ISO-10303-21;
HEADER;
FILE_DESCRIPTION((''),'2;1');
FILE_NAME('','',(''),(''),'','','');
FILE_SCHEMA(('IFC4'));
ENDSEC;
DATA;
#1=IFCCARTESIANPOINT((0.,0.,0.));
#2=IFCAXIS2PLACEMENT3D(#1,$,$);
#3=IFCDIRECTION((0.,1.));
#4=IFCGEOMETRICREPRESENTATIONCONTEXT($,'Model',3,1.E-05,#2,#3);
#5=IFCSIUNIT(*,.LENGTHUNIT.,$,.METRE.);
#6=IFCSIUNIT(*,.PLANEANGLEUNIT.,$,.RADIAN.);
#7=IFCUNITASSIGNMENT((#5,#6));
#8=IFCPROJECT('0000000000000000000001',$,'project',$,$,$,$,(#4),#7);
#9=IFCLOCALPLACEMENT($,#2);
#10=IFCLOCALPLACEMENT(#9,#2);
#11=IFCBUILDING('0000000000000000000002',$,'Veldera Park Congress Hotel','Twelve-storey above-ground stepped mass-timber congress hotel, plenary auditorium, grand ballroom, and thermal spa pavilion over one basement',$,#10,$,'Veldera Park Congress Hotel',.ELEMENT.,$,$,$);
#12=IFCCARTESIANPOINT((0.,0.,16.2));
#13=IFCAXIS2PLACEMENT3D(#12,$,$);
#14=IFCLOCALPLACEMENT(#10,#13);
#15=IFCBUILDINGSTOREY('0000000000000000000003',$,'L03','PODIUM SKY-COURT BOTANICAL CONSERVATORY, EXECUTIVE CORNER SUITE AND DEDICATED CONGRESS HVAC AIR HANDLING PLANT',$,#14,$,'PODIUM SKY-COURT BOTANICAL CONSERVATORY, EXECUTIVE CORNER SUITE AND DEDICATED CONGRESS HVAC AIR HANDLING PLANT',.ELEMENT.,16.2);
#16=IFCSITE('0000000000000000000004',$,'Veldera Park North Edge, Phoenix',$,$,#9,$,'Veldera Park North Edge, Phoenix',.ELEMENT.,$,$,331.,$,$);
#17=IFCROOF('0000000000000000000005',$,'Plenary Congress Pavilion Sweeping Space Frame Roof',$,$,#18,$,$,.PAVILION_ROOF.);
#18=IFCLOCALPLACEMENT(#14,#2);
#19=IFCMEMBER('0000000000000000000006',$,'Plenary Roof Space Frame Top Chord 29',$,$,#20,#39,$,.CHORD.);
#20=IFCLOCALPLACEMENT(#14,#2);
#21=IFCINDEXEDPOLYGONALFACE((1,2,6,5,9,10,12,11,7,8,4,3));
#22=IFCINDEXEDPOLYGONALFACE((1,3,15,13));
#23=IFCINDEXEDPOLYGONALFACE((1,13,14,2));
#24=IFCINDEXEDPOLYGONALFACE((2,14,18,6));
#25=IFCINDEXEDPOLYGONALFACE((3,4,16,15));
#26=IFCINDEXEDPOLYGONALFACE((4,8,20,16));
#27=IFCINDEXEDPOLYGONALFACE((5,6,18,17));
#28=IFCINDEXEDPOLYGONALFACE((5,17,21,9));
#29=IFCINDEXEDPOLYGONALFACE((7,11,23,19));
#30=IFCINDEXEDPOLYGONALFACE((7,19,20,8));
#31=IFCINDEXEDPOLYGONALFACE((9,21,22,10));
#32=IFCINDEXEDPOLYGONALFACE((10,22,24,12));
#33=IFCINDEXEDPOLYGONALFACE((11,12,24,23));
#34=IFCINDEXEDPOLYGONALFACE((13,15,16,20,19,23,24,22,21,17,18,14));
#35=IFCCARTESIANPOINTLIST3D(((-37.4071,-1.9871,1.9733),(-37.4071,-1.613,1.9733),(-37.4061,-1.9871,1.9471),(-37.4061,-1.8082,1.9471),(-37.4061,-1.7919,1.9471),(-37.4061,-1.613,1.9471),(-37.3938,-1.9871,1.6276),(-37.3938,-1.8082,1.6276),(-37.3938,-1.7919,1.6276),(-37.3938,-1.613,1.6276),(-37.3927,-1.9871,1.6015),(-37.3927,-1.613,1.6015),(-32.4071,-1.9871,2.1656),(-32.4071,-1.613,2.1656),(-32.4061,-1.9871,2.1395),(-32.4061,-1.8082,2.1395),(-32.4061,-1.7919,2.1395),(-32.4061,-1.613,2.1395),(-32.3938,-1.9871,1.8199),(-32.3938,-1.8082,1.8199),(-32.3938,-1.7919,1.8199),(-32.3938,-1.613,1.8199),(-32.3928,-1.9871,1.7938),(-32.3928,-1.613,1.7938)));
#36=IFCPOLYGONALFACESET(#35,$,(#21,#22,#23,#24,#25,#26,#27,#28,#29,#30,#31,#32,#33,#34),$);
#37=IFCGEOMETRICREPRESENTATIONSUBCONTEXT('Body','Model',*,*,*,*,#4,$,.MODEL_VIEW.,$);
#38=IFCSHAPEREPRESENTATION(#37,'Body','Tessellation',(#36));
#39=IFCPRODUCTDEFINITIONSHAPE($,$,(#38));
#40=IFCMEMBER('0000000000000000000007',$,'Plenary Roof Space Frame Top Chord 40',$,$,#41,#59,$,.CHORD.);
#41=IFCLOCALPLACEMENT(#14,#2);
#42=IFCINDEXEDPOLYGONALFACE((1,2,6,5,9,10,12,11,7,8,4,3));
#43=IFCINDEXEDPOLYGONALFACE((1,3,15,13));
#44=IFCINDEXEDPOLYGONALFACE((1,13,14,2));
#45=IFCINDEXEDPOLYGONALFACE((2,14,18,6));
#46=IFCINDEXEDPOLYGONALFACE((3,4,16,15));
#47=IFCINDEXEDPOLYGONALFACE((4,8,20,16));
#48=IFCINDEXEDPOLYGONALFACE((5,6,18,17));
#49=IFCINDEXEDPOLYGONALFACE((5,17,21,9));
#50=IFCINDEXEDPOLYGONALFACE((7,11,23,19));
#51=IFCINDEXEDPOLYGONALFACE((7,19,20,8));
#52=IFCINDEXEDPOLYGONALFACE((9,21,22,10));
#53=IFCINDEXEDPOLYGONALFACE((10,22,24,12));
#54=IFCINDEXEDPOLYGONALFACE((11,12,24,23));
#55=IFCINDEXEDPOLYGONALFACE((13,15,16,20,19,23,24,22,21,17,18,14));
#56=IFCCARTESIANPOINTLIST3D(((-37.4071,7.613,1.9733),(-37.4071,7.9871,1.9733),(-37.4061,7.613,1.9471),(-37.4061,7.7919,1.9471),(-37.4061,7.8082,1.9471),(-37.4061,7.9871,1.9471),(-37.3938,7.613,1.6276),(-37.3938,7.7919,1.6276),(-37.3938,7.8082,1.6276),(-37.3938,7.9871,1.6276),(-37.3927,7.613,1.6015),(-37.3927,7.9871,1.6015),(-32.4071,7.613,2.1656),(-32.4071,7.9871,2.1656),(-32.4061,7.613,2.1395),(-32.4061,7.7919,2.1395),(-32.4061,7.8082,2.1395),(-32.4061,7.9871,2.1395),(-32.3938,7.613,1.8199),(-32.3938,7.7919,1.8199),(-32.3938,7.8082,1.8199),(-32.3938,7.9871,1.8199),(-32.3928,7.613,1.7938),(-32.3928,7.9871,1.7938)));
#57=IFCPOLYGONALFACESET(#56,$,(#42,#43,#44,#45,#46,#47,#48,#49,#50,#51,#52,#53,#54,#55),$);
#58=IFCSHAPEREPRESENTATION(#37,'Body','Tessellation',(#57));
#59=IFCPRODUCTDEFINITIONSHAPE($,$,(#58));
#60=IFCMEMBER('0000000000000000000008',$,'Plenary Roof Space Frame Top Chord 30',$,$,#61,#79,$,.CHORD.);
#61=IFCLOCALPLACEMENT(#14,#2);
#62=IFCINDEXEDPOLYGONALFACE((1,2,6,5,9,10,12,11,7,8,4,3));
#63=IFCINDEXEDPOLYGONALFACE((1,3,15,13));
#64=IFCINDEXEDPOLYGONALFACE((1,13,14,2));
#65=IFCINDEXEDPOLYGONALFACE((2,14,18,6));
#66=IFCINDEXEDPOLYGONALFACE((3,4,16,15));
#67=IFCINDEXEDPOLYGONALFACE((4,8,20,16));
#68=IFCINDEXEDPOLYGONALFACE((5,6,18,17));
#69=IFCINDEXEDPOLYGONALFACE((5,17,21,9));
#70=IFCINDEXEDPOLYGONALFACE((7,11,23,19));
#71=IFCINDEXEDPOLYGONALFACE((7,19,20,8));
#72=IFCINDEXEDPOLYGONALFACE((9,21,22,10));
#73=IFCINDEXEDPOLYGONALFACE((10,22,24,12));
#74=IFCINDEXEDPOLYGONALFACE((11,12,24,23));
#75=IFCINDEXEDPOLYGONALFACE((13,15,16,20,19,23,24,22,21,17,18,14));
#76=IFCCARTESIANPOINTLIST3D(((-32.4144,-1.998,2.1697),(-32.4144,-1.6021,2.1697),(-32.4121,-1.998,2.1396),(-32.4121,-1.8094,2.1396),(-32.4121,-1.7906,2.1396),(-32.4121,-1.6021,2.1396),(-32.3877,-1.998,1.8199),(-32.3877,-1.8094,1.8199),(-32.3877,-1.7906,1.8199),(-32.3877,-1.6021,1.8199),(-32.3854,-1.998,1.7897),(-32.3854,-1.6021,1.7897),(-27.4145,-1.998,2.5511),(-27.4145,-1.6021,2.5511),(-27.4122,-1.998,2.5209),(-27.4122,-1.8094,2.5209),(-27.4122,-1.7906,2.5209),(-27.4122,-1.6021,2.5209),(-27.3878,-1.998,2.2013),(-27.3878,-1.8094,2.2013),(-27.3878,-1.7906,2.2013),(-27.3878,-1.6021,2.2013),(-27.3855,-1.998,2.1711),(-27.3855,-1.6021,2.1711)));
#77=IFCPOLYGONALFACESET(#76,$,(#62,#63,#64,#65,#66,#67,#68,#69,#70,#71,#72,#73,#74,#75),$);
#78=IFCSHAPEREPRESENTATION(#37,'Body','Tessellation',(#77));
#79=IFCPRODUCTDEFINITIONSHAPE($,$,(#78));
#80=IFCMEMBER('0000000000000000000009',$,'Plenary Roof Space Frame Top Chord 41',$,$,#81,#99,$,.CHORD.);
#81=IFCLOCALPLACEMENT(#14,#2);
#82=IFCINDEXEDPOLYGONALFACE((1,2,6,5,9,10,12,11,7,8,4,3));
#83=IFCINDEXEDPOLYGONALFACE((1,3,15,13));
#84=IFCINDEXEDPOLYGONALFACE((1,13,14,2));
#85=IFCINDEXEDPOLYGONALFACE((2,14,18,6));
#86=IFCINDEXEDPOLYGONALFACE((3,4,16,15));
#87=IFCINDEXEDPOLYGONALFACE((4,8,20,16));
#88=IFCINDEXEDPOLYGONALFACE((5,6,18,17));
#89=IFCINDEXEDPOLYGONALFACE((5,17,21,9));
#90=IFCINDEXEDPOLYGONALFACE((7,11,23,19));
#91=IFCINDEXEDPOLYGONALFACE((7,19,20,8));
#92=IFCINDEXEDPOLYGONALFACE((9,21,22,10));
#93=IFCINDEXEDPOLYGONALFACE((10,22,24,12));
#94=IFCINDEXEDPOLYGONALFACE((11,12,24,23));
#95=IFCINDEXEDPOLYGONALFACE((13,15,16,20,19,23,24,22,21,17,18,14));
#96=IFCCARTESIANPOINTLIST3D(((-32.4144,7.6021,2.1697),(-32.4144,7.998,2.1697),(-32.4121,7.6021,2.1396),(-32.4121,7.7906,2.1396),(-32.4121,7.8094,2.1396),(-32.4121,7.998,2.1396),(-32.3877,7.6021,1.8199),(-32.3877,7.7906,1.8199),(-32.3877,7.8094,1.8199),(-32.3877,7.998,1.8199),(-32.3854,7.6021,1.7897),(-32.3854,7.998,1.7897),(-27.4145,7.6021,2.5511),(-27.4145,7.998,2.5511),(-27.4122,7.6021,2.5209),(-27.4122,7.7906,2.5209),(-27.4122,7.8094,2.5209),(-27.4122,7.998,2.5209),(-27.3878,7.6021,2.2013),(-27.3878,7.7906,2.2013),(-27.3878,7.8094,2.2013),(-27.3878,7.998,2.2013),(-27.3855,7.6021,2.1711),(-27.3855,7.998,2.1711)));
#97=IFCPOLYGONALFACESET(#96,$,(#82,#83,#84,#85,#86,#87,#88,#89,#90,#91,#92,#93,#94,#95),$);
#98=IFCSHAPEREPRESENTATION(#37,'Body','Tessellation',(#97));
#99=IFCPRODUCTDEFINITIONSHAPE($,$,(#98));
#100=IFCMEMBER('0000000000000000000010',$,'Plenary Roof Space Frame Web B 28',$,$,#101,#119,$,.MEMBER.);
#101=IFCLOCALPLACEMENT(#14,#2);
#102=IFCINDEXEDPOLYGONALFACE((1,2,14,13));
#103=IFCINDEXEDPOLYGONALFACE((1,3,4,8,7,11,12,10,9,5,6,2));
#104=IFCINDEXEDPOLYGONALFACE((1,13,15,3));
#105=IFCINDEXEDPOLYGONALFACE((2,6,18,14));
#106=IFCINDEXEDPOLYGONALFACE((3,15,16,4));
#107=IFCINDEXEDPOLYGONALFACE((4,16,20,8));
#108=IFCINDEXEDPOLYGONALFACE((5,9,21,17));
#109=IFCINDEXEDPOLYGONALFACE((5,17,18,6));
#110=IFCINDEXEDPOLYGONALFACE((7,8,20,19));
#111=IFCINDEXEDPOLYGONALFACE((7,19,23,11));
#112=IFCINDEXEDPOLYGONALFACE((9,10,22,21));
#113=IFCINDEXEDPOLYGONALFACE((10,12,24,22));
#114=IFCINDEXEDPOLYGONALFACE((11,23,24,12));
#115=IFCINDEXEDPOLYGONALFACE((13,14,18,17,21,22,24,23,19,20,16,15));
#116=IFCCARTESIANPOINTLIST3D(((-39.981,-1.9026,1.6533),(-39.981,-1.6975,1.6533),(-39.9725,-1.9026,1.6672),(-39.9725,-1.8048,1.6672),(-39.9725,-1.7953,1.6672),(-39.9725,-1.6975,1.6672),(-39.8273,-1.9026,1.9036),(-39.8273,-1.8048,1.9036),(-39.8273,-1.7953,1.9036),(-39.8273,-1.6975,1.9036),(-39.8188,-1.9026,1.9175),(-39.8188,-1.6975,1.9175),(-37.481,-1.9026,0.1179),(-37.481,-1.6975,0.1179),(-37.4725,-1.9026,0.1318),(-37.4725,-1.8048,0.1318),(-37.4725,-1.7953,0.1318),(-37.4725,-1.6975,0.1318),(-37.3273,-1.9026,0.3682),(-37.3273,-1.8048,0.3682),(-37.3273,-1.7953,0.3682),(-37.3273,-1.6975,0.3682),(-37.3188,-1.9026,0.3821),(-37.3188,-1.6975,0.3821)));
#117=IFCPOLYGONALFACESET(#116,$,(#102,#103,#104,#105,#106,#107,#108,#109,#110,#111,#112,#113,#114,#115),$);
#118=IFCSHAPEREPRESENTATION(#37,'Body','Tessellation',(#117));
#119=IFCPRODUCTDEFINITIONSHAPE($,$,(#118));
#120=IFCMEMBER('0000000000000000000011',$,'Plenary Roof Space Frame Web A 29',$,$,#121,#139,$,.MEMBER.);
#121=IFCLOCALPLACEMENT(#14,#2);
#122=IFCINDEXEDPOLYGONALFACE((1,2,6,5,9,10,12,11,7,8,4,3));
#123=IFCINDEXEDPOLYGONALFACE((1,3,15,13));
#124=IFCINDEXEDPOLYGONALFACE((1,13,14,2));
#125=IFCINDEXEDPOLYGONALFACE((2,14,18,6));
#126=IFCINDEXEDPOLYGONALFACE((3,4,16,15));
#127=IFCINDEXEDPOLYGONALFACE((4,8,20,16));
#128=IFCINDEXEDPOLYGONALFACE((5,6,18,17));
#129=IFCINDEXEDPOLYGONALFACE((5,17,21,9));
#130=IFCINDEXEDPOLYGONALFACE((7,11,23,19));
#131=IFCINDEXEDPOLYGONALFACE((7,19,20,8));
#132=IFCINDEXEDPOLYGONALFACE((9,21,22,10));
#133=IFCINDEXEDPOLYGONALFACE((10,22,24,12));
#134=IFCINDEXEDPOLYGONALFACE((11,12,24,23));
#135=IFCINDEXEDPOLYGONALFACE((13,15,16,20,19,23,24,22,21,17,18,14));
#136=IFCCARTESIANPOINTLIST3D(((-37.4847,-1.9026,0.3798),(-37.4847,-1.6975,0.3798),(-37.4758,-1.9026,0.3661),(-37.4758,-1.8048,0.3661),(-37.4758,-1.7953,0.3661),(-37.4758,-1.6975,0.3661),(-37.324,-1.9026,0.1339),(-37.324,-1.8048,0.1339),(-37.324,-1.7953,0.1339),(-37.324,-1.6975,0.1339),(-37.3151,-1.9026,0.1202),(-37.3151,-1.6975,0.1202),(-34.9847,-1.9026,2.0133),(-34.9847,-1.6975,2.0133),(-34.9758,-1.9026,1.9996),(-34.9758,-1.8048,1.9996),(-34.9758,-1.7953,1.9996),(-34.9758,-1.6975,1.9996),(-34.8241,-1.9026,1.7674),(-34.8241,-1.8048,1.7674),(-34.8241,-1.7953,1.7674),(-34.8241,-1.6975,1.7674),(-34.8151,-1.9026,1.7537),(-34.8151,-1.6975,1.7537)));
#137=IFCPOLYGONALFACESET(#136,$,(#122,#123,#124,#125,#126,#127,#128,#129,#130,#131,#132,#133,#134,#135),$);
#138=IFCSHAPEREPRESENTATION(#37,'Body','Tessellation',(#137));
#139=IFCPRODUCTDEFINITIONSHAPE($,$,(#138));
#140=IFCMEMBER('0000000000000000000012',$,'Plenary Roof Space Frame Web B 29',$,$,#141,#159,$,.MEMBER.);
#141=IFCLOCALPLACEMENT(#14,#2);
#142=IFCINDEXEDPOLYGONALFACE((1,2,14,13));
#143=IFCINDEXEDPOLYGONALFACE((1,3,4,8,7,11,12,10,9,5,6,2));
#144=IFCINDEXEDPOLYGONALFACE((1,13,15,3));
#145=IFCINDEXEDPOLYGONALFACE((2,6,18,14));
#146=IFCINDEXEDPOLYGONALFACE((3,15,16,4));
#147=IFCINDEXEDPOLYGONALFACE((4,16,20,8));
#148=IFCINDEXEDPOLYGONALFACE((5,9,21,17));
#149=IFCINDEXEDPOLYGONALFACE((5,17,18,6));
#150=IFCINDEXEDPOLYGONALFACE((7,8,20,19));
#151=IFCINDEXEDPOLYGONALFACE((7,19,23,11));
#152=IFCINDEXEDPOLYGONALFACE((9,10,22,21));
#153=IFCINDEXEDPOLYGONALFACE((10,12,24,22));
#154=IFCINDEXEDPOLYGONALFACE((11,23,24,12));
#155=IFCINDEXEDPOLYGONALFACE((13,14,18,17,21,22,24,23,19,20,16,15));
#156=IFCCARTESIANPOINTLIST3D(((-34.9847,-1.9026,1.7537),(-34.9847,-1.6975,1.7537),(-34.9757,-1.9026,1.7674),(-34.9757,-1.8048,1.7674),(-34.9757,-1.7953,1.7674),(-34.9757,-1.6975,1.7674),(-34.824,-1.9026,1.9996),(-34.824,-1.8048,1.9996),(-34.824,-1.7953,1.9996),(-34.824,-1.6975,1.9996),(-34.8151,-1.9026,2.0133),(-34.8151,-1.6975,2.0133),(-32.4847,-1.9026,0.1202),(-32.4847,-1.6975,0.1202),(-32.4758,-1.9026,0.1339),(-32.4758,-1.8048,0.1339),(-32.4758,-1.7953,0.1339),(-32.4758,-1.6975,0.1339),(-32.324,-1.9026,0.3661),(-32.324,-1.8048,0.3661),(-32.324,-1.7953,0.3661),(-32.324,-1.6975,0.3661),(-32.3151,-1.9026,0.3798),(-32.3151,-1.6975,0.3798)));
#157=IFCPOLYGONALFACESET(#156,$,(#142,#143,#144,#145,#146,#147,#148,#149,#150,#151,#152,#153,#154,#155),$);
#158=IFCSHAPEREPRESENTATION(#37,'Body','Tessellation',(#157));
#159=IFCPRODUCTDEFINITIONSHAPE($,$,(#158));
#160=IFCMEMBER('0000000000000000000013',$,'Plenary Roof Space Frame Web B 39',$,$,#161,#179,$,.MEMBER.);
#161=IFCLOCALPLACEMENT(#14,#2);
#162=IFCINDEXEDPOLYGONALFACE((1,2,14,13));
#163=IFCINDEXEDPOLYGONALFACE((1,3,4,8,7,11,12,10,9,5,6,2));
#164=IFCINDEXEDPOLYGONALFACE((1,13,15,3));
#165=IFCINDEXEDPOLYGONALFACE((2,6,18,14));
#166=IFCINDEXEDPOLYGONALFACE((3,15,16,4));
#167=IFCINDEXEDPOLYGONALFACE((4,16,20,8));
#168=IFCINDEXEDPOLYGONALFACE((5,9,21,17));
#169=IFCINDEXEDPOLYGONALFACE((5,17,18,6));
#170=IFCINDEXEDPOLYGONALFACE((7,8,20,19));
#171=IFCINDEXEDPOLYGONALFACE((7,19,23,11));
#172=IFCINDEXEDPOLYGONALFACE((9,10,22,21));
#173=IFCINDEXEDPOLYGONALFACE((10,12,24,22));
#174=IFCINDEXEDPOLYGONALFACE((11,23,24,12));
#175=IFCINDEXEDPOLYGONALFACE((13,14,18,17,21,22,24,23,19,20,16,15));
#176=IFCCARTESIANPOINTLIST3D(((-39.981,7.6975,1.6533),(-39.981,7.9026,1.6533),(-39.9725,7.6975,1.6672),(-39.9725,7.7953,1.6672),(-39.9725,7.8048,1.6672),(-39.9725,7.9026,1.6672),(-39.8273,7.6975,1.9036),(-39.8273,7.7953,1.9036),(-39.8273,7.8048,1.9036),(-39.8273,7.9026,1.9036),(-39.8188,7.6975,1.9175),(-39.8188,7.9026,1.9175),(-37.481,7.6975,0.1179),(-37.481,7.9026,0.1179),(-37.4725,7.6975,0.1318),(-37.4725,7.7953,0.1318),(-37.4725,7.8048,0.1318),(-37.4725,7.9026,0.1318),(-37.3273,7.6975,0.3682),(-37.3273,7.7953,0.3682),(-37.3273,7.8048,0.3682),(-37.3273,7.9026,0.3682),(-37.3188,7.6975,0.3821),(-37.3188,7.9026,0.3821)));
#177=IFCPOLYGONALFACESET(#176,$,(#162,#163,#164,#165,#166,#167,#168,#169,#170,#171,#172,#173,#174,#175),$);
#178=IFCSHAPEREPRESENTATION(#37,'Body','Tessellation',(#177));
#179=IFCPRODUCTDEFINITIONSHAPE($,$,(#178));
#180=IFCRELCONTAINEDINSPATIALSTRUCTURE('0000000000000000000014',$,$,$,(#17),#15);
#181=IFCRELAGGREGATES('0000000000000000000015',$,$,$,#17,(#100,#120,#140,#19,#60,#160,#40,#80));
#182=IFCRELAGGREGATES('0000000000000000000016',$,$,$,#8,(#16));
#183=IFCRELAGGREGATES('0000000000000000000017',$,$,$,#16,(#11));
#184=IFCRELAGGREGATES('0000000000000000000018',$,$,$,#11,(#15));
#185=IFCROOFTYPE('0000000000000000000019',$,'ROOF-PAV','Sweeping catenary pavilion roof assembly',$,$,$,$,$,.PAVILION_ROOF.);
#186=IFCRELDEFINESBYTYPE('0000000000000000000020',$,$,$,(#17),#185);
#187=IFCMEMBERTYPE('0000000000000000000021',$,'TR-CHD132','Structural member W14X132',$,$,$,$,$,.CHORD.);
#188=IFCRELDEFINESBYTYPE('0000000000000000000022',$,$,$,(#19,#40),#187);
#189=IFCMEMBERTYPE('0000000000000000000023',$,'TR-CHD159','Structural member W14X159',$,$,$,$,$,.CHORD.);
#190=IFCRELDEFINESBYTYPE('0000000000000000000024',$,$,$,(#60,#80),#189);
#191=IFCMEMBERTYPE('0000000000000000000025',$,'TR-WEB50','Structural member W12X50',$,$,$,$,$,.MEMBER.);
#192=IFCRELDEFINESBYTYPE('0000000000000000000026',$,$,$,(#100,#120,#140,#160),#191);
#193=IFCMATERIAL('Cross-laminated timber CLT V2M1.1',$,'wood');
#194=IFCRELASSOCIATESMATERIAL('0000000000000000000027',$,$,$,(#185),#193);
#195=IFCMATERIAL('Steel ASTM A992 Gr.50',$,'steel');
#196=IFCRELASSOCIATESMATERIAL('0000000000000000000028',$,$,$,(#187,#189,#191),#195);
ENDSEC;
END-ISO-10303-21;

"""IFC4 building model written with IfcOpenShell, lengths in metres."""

from ifc_helpers import new_model, si_unit, direction, frame, origin, origin_2d, place, context, subcontext, project, spatial, i_section, extrude, material, material_profile, profile_set, type_object, element, aggregate, save


model = new_model("IFC4")

# Units and contexts
model_context = context("Model", 3, precision=1e-05, world=origin(), true_north=direction((0.0, 1.0)))
body_context = subcontext(model_context, "Body", "Model", "MODEL_VIEW")
ifc_project = project(units=[si_unit("LENGTHUNIT", "METRE"), si_unit("PLANEANGLEUNIT", "RADIAN")], contexts=[model_context])

# Site, building, storey
site_placement = place(None, origin())
site = spatial("IfcSite", under=ifc_project, at=site_placement, Name="Veldera Park North Edge, Phoenix", LongName="Veldera Park North Edge, Phoenix", CompositionType="ELEMENT", RefElevation=331.0)
building_placement = place(site_placement, origin())
building = spatial("IfcBuilding", under=site, at=building_placement, Name="Veldera Park Congress Hotel", Description="Twelve-storey above-ground stepped mass-timber congress hotel, plenary auditorium, grand ballroom, and thermal spa pavilion over one basement", LongName="Veldera Park Congress Hotel", CompositionType="ELEMENT")
storey_placement = place(building_placement, frame((0.0, 0.0, 16.2)))
storey = spatial("IfcBuildingStorey", under=building, at=storey_placement, Name="L03", Description="PODIUM SKY-COURT BOTANICAL CONSERVATORY, EXECUTIVE CORNER SUITE AND DEDICATED CONGRESS HVAC AIR HANDLING PLANT", LongName="PODIUM SKY-COURT BOTANICAL CONSERVATORY, EXECUTIVE CORNER SUITE AND DEDICATED CONGRESS HVAC AIR HANDLING PLANT", CompositionType="ELEMENT", Elevation=16.2)

# Roof, members
ifc_material_1 = material(Name="Cross-laminated timber CLT V2M1.1", Category="wood")
roof_type = type_object("IfcRoofType", Name="ROOF-PAV", Description="Sweeping catenary pavilion roof assembly", PredefinedType="PAVILION_ROOF", material=ifc_material_1)
roof_placement = place(storey_placement, origin())
roof = element("IfcRoof", 1, at=roof_placement, inside=storey, type_object=roof_type, Name="Plenary Congress Pavilion Sweeping Space Frame Roof", PredefinedType="PAVILION_ROOF")
ifc_material_2 = material(Name="Steel ASTM A992 Gr.50", Category="steel")
ifc_material_profile_1 = material_profile(ifc_material_2, i_section(OverallWidth=0.374, OverallDepth=0.3721, WebThickness=0.0164, FlangeThickness=0.0261, at=origin_2d()), Name="W14X132")
ifc_profile_set_1 = profile_set([ifc_material_profile_1], Name="Steel ASTM A992 Gr.50")
member_type_1 = type_object("IfcMemberType", Name="TR-CHD132", Description="Structural member W14X132", PredefinedType="CHORD", material=ifc_profile_set_1)
member_1_placement = place(storey_placement, frame((-37.3999, -1.8, 1.7874), z_axis=(0.999261, 0.0, 0.038448), x_axis=(0.0, 1.0, 0.0)))
member_1 = element("IfcMember", 2, at=member_1_placement, type_object=member_type_1, Name="Plenary Roof Space Frame Top Chord 29", PredefinedType="CHORD", context=body_context, shape_type="SweptSolid", body=[
    extrude(i_section(OverallWidth=0.374, OverallDepth=0.3721, WebThickness=0.0164, FlangeThickness=0.0261, at=origin_2d()), origin(), (0.0, 0.0, 1.0), 5.0037),
])
member_2_placement = place(storey_placement, frame((-37.3999, 7.8, 1.7874), z_axis=(0.999261, 0.0, 0.038448), x_axis=(0.0, 1.0, 0.0)))
member_2 = element("IfcMember", 3, at=member_2_placement, type_object=member_type_1, Name="Plenary Roof Space Frame Top Chord 40", PredefinedType="CHORD", context=body_context, shape_type="SweptSolid", body=[
    extrude(i_section(OverallWidth=0.374, OverallDepth=0.3721, WebThickness=0.0164, FlangeThickness=0.0261, at=origin_2d()), origin(), (0.0, 0.0, 1.0), 5.0037),
])
ifc_material_profile_2 = material_profile(ifc_material_2, i_section(OverallWidth=0.396, OverallDepth=0.3811, WebThickness=0.0188, FlangeThickness=0.0303, at=origin_2d()), Name="W14X159")
ifc_profile_set_2 = profile_set([ifc_material_profile_2], Name="Steel ASTM A992 Gr.50")
member_type_2 = type_object("IfcMemberType", Name="TR-CHD159", Description="Structural member W14X159", PredefinedType="CHORD", material=ifc_profile_set_2)
member_3_placement = place(storey_placement, frame((-32.3999, -1.8, 1.9797), z_axis=(0.997104, 0.0, 0.076049), x_axis=(0.0, 1.0, 0.0)))
member_3 = element("IfcMember", 4, at=member_3_placement, type_object=member_type_2, Name="Plenary Roof Space Frame Top Chord 30", PredefinedType="CHORD", context=body_context, shape_type="SweptSolid", body=[
    extrude(i_section(OverallWidth=0.396, OverallDepth=0.3811, WebThickness=0.0188, FlangeThickness=0.0303, at=origin_2d()), origin(), (0.0, 0.0, 1.0), 5.0144),
])
member_4_placement = place(storey_placement, frame((-32.3999, 7.8, 1.9797), z_axis=(0.997104, 0.0, 0.076049), x_axis=(0.0, 1.0, 0.0)))
member_4 = element("IfcMember", 5, at=member_4_placement, type_object=member_type_2, Name="Plenary Roof Space Frame Top Chord 41", PredefinedType="CHORD", context=body_context, shape_type="SweptSolid", body=[
    extrude(i_section(OverallWidth=0.396, OverallDepth=0.3811, WebThickness=0.0188, FlangeThickness=0.0303, at=origin_2d()), origin(), (0.0, 0.0, 1.0), 5.0144),
])
ifc_material_profile_3 = material_profile(ifc_material_2, i_section(OverallWidth=0.2051, OverallDepth=0.3101, WebThickness=0.0095, FlangeThickness=0.0164, at=origin_2d()), Name="W12X50")
ifc_profile_set_3 = profile_set([ifc_material_profile_3], Name="Steel ASTM A992 Gr.50")
member_type_3 = type_object("IfcMemberType", Name="TR-WEB50", Description="Structural member W12X50", PredefinedType="MEMBER", material=ifc_profile_set_3)
member_5_placement = place(storey_placement, frame((-37.3999, -1.8, 0.25), z_axis=(-0.852124, 0.0, 0.52334), x_axis=(0.0, -1.0, 0.0)))
member_5 = element("IfcMember", 6, at=member_5_placement, type_object=member_type_3, Name="Plenary Roof Space Frame Web B 28", PredefinedType="MEMBER", context=body_context, shape_type="SweptSolid", body=[
    extrude(i_section(OverallWidth=0.2051, OverallDepth=0.3101, WebThickness=0.0095, FlangeThickness=0.0164, at=origin_2d()), origin(), (0.0, 0.0, 1.0), 2.9338),
])
member_6_placement = place(storey_placement, frame((-37.3999, -1.8, 0.25), z_axis=(0.837134, 0.0, 0.546998), x_axis=(0.0, 1.0, 0.0)))
member_6 = element("IfcMember", 7, at=member_6_placement, type_object=member_type_3, Name="Plenary Roof Space Frame Web A 29", PredefinedType="MEMBER", context=body_context, shape_type="SweptSolid", body=[
    extrude(i_section(OverallWidth=0.2051, OverallDepth=0.3101, WebThickness=0.0095, FlangeThickness=0.0164, at=origin_2d()), origin(), (0.0, 0.0, 1.0), 2.9863),
])
member_7_placement = place(storey_placement, frame((-32.3999, -1.8, 0.25), z_axis=(-0.837134, 0.0, 0.546998), x_axis=(0.0, -1.0, 0.0)))
member_7 = element("IfcMember", 8, at=member_7_placement, type_object=member_type_3, Name="Plenary Roof Space Frame Web B 29", PredefinedType="MEMBER", context=body_context, shape_type="SweptSolid", body=[
    extrude(i_section(OverallWidth=0.2051, OverallDepth=0.3101, WebThickness=0.0095, FlangeThickness=0.0164, at=origin_2d()), origin(), (0.0, 0.0, 1.0), 2.9863),
])
member_8_placement = place(storey_placement, frame((-37.3999, 7.8, 0.25), z_axis=(-0.852124, 0.0, 0.52334), x_axis=(0.0, -1.0, 0.0)))
member_8 = element("IfcMember", 9, at=member_8_placement, type_object=member_type_3, Name="Plenary Roof Space Frame Web B 39", PredefinedType="MEMBER", context=body_context, shape_type="SweptSolid", body=[
    extrude(i_section(OverallWidth=0.2051, OverallDepth=0.3101, WebThickness=0.0095, FlangeThickness=0.0164, at=origin_2d()), origin(), (0.0, 0.0, 1.0), 2.9338),
])
aggregate(roof, [member_5, member_6, member_7, member_1, member_3, member_8, member_2, member_4])

save(model, "model.ifc")
